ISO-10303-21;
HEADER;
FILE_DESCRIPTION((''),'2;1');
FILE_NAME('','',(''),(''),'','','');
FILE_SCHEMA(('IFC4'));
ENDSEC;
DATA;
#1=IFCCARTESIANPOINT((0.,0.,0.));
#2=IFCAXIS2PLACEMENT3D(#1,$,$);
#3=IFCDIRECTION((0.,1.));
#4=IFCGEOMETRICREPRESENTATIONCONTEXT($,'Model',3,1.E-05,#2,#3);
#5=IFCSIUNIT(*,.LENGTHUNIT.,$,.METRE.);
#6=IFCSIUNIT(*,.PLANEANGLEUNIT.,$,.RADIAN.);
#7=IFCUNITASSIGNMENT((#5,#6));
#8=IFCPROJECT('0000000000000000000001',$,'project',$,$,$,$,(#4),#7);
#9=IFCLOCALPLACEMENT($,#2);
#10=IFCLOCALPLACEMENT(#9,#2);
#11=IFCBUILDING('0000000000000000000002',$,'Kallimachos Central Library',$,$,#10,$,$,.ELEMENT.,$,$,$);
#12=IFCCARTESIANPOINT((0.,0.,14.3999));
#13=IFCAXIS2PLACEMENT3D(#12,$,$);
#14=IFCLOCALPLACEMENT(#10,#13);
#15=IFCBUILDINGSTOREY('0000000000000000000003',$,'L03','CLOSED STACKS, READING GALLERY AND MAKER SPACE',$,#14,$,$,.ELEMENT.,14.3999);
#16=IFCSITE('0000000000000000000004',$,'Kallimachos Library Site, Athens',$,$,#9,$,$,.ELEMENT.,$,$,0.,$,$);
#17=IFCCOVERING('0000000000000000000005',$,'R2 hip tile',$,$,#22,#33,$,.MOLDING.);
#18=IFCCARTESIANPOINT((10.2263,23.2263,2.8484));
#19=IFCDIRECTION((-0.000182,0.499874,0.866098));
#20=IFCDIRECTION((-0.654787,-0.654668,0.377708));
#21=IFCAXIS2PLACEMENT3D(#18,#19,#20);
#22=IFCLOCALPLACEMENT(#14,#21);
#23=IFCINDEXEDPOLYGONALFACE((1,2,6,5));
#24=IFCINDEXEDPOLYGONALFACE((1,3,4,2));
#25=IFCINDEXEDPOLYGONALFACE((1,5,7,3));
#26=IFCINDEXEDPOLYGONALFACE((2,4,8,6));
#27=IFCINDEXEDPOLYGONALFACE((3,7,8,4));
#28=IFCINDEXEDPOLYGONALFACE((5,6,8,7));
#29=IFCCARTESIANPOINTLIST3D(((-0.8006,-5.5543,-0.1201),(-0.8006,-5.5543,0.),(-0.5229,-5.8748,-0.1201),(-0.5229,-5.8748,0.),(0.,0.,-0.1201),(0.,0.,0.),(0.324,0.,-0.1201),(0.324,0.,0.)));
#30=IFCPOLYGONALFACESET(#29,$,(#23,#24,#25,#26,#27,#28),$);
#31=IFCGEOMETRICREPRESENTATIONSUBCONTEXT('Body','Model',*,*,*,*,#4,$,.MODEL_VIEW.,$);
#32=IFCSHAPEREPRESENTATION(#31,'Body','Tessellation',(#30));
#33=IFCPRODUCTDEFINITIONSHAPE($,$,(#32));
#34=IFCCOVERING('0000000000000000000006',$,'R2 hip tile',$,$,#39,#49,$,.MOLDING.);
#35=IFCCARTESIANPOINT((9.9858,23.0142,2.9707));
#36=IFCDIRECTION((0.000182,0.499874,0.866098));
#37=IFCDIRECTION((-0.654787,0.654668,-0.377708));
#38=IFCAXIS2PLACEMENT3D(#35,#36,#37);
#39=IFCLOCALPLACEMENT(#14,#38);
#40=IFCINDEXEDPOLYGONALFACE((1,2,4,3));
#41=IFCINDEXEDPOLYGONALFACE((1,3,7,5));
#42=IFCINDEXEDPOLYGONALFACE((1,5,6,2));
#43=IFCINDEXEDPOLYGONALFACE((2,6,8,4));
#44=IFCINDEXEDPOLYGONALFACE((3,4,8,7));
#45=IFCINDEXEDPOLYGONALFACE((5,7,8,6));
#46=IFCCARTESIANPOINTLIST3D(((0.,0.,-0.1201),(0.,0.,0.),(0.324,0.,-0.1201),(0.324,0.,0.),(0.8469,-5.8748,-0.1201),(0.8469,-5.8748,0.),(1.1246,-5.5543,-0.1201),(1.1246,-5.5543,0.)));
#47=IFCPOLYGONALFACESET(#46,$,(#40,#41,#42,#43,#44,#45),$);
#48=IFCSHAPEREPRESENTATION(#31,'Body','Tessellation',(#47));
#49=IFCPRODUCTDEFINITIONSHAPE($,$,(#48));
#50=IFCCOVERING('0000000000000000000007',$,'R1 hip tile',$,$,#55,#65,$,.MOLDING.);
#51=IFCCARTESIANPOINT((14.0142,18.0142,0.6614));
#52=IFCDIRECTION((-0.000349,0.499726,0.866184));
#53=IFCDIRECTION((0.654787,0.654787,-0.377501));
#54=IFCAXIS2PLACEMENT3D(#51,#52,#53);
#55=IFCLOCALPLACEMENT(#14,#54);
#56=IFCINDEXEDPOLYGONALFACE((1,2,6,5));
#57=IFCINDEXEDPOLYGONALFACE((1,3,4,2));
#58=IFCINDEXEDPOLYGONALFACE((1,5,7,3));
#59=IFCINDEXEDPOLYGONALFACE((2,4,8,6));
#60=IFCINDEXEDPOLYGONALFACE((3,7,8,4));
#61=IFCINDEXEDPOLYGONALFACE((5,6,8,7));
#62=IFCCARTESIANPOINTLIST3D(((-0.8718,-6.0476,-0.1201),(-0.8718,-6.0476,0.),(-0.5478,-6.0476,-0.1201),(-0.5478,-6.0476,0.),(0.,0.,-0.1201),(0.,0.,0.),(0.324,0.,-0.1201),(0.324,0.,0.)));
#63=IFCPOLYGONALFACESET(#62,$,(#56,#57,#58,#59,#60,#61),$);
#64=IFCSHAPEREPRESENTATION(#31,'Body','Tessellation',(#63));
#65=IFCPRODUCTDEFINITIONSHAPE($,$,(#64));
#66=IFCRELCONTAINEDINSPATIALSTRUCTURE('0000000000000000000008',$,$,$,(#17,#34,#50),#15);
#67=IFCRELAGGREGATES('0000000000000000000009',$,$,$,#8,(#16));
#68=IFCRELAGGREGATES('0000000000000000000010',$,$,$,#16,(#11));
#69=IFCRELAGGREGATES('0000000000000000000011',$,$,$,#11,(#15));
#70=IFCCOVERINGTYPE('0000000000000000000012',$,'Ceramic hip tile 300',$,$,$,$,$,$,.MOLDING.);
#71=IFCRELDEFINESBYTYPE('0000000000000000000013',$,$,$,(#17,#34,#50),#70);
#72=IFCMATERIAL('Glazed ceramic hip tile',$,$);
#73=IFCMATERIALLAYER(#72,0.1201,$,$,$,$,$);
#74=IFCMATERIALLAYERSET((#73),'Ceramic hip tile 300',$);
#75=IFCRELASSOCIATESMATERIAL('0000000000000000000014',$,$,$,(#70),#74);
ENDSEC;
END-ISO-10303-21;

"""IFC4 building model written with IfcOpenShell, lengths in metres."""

from ifc_helpers import new_model, si_unit, direction, frame, origin, place, context, subcontext, project, spatial, polyline, outline, extrude, material, layer, layer_set, type_object, element, save


model = new_model("IFC4")

# Units and contexts
model_context = context("Model", 3, precision=1e-05, world=origin(), true_north=direction((0.0, 1.0)))
body_context = subcontext(model_context, "Body", "Model", "MODEL_VIEW")
ifc_project = project(units=[si_unit("LENGTHUNIT", "METRE"), si_unit("PLANEANGLEUNIT", "RADIAN")], contexts=[model_context])

# Site, building, storey
site_placement = place(None, origin())
site = spatial("IfcSite", under=ifc_project, at=site_placement, Name="Kallimachos Library Site, Athens", CompositionType="ELEMENT", RefElevation=0.0)
building_placement = place(site_placement, origin())
building = spatial("IfcBuilding", under=site, at=building_placement, Name="Kallimachos Central Library", CompositionType="ELEMENT")
storey_placement = place(building_placement, frame((0.0, 0.0, 14.3999)))
storey = spatial("IfcBuildingStorey", under=building, at=storey_placement, Name="L03", Description="CLOSED STACKS, READING GALLERY AND MAKER SPACE", CompositionType="ELEMENT", Elevation=14.3999)

# Coverings
ifc_material_1 = material(Name="Glazed ceramic hip tile")
ifc_layer_1 = layer(ifc_material_1, 0.1201)
ifc_layer_set_1 = layer_set([ifc_layer_1], Name="Ceramic hip tile 300")
covering_type_1 = type_object("IfcCoveringType", Name="Ceramic hip tile 300", PredefinedType="MOLDING", material=ifc_layer_set_1)
covering_1_placement = place(storey_placement, frame((10.2263, 23.2263, 2.8484), z_axis=(-0.000182, 0.499874, 0.866098), x_axis=(-0.654787, -0.654668, 0.377708)))
element("IfcCovering", 1, at=covering_1_placement, inside=storey, type_object=covering_type_1, Name="R2 hip tile", PredefinedType="MOLDING", context=body_context, shape_type="SweptSolid", body=[
    extrude(outline(polyline([(0.0, 0.0), (0.324, 0.0), (-0.5229, -5.8748), (-0.8006, -5.5543), (0.0, 0.0)])), origin(), (0.0, 0.0, -1.0), 0.1201),
])
covering_2_placement = place(storey_placement, frame((9.9858, 23.0142, 2.9707), z_axis=(0.000182, 0.499874, 0.866098), x_axis=(-0.654787, 0.654668, -0.377708)))
element("IfcCovering", 2, at=covering_2_placement, inside=storey, type_object=covering_type_1, Name="R2 hip tile", PredefinedType="MOLDING", context=body_context, shape_type="SweptSolid", body=[
    extrude(outline(polyline([(0.0, 0.0), (0.324, 0.0), (1.1246, -5.5543), (0.8469, -5.8748), (0.0, 0.0)])), origin(), (0.0, 0.0, -1.0), 0.1201),
])
covering_3_placement = place(storey_placement, frame((14.0142, 18.0142, 0.6614), z_axis=(-0.000349, 0.499726, 0.866184), x_axis=(0.654787, 0.654787, -0.377501)))
element("IfcCovering", 3, at=covering_3_placement, inside=storey, type_object=covering_type_1, Name="R1 hip tile", PredefinedType="MOLDING", context=body_context, shape_type="SweptSolid", body=[
    extrude(outline(polyline([(0.0, 0.0), (0.324, 0.0), (-0.5478, -6.0476), (-0.8718, -6.0476), (0.0, 0.0)])), origin(), (0.0, 0.0, -1.0), 0.1201),
])

save(model, "model.ifc")
